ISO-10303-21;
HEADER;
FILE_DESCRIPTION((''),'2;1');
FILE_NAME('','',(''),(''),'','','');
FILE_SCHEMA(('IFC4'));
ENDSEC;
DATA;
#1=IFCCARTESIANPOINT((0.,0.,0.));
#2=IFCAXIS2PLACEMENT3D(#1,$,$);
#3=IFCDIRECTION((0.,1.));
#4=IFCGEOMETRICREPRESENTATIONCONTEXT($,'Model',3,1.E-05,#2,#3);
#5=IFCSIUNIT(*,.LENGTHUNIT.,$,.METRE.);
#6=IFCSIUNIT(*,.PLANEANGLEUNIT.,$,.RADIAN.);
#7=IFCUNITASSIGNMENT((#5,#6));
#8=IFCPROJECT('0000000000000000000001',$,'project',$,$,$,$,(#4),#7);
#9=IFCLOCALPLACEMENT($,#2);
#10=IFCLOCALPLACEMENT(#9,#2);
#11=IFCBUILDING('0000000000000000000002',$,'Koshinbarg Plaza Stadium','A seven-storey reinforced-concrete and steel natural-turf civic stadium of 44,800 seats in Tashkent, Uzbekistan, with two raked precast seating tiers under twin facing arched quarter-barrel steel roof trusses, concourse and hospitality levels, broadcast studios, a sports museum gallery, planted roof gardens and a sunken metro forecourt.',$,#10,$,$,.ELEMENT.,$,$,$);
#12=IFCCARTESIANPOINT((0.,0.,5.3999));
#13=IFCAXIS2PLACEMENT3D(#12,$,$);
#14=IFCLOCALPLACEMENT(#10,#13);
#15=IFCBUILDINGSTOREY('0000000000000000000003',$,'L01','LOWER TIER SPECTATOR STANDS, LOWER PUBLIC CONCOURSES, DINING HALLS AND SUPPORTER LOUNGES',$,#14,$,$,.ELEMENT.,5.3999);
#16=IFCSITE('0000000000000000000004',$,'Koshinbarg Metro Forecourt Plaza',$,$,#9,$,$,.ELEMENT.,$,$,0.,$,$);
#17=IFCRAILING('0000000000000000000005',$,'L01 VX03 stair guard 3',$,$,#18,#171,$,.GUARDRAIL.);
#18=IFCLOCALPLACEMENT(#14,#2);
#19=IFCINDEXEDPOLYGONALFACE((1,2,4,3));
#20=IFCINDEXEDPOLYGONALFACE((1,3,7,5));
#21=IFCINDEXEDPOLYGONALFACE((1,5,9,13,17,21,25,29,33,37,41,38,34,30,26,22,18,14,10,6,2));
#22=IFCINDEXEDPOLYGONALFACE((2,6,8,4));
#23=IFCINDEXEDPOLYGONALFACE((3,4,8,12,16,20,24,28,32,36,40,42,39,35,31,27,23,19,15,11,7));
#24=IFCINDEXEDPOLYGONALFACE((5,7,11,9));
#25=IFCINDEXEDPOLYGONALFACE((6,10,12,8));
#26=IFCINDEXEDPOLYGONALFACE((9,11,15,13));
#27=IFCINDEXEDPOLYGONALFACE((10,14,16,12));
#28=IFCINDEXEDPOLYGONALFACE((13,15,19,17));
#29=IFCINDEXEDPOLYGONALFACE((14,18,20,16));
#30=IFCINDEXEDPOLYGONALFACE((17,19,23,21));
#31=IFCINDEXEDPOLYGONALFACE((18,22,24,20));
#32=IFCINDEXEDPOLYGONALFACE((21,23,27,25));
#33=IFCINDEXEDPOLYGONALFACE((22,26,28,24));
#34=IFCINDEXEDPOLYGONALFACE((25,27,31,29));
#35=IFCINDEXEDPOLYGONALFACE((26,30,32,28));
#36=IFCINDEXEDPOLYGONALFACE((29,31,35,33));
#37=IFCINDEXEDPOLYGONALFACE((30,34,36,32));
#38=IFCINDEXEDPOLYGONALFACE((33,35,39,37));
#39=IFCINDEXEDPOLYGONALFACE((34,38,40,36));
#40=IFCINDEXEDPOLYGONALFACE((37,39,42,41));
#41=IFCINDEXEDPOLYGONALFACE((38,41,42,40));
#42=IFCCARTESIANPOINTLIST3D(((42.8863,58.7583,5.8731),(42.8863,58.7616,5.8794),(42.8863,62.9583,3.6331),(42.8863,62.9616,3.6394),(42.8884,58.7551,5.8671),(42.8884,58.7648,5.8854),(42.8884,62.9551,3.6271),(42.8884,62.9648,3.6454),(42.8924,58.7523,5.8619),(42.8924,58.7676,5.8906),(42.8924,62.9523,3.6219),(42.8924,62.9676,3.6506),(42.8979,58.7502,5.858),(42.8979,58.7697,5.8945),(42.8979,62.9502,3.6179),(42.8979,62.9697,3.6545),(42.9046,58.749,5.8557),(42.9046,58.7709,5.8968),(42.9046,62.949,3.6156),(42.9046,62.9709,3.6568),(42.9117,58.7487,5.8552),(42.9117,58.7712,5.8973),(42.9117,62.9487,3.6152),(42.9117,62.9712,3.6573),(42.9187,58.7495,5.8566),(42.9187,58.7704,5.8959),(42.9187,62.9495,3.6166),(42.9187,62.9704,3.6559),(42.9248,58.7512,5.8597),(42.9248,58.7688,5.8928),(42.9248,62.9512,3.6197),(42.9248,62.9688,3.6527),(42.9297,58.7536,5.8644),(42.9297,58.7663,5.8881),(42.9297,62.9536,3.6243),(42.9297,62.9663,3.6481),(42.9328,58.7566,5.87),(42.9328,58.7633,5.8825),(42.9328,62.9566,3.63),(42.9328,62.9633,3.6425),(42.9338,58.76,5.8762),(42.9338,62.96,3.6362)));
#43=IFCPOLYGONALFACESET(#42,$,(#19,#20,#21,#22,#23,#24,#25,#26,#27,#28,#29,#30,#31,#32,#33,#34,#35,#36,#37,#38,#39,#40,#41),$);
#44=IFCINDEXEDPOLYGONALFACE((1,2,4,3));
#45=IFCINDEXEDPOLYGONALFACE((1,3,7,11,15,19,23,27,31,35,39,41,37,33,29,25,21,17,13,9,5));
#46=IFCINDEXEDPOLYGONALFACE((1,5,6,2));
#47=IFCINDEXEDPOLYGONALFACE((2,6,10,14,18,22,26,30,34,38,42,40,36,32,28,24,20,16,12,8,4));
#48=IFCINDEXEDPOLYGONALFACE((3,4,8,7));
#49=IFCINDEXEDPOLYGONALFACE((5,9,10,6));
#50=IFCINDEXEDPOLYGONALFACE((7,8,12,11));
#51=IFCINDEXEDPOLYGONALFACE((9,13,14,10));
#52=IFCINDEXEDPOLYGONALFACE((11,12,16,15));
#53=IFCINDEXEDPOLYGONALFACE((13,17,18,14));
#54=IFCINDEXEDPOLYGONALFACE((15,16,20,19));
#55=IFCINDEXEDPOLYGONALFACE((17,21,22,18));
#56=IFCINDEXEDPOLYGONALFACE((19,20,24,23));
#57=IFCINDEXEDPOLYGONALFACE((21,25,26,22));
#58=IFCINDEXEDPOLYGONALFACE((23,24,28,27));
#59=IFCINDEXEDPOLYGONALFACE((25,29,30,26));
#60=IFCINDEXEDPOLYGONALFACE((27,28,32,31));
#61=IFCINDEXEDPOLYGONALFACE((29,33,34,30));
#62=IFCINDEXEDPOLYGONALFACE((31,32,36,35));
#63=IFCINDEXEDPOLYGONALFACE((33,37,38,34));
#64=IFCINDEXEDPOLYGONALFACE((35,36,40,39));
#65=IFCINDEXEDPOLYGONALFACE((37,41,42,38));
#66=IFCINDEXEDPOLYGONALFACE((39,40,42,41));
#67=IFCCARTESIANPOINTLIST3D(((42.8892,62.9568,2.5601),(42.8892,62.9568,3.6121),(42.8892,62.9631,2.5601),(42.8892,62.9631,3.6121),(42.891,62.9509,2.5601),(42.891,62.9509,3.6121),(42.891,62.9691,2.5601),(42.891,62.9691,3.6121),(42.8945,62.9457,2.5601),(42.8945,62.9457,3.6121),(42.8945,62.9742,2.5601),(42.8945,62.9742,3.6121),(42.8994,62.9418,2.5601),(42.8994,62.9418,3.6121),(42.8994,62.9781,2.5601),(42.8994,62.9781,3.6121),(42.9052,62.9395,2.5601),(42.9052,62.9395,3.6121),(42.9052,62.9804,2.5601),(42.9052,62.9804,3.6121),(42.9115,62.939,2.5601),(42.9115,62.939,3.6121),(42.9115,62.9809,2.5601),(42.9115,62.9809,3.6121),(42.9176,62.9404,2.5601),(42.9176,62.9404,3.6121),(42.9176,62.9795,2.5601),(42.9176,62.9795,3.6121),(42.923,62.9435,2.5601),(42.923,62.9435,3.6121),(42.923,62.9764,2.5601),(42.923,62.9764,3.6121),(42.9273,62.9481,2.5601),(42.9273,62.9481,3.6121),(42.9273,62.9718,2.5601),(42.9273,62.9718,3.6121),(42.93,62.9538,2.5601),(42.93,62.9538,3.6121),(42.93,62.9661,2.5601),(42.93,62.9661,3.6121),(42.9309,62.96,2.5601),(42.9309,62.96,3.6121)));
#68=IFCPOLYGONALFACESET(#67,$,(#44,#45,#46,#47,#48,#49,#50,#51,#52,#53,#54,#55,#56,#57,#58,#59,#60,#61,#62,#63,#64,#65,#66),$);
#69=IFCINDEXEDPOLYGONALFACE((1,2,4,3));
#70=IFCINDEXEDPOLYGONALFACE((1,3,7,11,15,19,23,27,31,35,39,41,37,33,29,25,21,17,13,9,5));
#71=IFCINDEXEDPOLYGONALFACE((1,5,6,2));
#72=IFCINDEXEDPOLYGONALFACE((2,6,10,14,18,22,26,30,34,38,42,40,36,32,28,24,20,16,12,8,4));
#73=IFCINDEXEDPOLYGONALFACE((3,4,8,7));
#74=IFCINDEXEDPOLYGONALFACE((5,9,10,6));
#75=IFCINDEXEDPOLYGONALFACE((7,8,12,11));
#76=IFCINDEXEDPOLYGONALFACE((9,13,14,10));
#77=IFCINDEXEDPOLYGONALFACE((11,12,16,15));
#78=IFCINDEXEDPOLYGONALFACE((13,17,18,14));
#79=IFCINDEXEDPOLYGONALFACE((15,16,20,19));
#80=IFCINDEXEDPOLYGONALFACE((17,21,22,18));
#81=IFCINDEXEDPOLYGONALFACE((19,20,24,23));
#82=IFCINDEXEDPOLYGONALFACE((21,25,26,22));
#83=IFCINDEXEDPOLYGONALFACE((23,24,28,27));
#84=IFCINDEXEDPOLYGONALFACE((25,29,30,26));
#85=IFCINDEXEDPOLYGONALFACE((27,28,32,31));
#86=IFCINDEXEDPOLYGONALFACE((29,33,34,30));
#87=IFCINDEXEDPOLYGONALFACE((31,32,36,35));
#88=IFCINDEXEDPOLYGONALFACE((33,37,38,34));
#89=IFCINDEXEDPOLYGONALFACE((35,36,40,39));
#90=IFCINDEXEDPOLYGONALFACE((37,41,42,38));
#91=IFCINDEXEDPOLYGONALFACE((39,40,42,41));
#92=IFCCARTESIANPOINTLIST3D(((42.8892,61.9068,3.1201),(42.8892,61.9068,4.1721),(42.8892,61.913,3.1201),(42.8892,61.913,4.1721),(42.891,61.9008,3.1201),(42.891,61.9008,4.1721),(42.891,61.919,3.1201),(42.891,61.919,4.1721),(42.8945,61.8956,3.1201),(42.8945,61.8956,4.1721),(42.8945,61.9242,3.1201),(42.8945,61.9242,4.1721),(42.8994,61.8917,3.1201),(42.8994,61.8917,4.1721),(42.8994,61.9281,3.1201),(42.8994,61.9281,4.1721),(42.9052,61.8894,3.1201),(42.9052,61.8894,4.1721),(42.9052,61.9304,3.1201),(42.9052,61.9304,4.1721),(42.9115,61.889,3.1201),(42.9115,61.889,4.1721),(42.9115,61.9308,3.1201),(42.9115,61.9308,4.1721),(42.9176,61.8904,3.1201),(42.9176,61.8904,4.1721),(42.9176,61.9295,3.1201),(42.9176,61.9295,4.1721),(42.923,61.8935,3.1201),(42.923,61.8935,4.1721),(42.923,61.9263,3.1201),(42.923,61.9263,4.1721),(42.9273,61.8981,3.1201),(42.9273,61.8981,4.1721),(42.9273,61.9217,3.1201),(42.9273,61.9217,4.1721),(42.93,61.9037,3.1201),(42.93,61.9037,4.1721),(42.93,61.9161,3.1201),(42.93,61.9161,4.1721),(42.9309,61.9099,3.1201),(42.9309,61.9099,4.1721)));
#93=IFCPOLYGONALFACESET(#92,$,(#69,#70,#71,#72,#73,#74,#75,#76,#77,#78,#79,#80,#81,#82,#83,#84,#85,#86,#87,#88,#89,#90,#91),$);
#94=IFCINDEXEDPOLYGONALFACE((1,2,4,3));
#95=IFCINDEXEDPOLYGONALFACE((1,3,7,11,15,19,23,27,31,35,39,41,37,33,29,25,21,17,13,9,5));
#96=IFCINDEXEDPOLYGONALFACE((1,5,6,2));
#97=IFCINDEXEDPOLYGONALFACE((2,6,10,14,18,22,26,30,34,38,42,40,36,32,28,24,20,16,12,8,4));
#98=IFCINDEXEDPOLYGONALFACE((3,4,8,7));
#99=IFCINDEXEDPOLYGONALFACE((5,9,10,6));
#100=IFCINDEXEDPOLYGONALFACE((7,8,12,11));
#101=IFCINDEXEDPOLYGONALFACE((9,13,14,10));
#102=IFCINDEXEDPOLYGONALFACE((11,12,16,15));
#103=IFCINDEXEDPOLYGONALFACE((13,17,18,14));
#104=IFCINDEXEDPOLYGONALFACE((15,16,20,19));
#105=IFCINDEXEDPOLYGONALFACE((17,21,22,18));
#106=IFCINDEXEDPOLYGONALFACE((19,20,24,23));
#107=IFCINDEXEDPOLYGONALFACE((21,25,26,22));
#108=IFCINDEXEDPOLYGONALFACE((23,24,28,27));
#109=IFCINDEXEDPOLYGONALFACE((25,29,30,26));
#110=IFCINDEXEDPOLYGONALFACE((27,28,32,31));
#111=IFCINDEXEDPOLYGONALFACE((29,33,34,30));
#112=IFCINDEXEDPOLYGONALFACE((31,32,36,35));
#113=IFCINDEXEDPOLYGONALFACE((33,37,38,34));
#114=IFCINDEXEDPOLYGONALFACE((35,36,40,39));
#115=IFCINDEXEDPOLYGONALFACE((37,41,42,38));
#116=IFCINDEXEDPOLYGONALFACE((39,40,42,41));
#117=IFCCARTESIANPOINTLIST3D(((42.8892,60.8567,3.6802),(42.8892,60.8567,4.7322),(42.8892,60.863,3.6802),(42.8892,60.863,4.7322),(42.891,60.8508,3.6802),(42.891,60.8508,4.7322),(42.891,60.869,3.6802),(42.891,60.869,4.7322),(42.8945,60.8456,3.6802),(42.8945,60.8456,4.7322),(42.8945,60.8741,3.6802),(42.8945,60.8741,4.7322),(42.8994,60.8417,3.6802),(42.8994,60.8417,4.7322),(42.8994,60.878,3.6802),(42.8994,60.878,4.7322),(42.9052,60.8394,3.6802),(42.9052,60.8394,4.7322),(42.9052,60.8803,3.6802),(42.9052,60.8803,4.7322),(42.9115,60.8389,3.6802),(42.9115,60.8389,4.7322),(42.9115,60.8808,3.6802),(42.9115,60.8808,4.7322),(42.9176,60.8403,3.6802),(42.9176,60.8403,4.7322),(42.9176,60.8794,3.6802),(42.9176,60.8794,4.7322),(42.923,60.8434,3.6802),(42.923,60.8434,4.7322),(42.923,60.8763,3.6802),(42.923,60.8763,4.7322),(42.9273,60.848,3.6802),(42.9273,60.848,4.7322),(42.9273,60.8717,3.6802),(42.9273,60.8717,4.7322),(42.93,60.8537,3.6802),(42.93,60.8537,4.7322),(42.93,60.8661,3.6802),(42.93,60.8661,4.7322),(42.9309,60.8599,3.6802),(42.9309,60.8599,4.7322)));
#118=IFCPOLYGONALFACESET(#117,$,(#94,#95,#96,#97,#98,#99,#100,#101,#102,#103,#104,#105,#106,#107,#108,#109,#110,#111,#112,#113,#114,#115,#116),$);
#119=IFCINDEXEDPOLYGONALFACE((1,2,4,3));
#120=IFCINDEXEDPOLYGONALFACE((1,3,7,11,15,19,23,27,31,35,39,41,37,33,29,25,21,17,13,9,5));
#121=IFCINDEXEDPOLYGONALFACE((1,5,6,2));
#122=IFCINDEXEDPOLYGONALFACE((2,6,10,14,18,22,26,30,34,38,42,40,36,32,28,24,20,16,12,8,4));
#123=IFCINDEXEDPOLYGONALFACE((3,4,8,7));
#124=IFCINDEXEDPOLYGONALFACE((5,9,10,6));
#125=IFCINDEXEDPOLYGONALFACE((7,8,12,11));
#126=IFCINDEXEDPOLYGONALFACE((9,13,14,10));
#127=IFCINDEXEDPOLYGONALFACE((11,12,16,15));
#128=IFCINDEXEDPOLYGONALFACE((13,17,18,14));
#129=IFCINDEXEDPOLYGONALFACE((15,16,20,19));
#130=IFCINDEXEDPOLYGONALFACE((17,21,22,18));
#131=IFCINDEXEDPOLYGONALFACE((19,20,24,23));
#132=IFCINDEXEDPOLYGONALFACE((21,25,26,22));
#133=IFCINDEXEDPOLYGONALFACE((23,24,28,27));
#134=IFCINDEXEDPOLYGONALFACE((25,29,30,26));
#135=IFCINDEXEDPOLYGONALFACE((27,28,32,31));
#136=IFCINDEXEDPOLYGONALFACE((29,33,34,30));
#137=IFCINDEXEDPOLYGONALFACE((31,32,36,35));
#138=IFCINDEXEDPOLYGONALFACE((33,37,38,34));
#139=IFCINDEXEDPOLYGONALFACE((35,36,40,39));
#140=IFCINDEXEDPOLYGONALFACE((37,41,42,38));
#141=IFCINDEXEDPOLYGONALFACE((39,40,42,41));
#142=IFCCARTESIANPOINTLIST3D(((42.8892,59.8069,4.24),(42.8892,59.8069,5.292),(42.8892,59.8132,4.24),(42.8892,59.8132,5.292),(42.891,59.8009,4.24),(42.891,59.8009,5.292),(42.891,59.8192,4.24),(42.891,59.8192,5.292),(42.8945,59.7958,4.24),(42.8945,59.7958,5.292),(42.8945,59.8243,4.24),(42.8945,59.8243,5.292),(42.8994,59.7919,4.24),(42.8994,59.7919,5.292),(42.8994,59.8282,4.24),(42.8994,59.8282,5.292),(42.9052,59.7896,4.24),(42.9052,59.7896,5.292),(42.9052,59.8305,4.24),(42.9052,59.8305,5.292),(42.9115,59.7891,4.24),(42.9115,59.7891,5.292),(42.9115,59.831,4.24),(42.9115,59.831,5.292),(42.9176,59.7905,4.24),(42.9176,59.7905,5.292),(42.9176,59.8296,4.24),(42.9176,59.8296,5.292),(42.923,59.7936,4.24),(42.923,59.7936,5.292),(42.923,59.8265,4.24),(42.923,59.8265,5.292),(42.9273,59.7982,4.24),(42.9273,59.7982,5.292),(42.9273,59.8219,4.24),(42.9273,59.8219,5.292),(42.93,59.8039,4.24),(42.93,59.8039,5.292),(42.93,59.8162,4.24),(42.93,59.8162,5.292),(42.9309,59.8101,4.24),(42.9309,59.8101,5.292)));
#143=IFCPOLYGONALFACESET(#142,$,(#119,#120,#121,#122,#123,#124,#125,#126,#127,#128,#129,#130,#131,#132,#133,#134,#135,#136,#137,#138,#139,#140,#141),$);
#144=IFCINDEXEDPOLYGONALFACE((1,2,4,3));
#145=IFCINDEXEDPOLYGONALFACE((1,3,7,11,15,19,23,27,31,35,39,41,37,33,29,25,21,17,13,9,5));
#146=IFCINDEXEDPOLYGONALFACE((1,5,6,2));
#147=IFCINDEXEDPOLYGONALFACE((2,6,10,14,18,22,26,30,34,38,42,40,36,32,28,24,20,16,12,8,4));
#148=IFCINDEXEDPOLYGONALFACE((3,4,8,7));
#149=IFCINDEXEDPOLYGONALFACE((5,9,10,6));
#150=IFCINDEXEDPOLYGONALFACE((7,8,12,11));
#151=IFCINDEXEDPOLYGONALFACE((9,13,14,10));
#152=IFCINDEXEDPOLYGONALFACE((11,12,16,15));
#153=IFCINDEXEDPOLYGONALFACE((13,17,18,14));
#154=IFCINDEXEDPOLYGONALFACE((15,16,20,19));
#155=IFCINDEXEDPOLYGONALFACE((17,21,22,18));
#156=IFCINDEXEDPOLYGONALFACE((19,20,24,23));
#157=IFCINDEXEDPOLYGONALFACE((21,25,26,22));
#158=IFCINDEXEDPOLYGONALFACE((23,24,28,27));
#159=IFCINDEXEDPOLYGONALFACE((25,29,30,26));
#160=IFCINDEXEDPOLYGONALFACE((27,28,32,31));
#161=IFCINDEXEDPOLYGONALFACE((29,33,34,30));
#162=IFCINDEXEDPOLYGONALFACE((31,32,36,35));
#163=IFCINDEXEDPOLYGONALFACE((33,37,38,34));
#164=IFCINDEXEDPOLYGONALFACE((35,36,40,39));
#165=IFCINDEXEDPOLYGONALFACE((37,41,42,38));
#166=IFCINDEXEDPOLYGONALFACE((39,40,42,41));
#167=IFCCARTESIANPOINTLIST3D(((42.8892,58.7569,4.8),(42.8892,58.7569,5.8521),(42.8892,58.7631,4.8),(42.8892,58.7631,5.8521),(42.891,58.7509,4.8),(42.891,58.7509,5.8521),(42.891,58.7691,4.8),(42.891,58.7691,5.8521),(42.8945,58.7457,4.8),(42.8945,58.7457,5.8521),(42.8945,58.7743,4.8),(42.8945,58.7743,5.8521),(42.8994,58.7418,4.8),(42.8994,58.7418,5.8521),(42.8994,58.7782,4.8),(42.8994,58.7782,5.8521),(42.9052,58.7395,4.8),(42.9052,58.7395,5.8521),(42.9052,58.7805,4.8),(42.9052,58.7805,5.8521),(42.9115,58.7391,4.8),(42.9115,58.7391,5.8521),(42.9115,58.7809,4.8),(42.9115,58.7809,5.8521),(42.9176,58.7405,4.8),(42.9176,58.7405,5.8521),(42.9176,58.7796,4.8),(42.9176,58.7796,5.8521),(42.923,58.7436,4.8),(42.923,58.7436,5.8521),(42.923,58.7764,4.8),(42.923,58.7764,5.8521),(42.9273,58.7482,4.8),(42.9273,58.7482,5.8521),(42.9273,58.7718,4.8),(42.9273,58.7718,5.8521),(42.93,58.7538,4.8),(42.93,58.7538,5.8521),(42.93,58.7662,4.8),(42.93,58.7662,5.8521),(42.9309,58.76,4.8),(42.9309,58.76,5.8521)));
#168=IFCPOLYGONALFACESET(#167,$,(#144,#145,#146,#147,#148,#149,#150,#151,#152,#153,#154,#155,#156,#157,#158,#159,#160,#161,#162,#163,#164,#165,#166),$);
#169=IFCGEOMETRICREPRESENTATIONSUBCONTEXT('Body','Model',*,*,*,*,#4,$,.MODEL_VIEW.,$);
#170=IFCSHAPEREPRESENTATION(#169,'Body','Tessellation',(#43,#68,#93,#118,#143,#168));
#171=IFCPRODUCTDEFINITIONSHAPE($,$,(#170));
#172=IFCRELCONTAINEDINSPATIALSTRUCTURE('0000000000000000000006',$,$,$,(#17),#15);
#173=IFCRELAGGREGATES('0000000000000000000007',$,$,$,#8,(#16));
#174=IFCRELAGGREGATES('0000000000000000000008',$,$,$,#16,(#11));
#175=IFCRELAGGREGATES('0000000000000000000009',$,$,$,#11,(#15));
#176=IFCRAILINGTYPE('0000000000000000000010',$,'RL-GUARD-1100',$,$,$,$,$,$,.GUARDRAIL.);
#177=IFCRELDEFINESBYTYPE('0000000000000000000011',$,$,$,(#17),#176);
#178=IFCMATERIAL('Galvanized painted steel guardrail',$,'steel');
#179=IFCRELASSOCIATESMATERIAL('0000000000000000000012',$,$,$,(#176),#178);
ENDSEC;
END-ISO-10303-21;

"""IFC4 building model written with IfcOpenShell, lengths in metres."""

from ifc_helpers import new_model, si_unit, direction, frame, origin, origin_2d, place, context, subcontext, project, spatial, circle, extrude, material, type_object, element, save


model = new_model("IFC4")

# Units and contexts
model_context = context("Model", 3, precision=1e-05, world=origin(), true_north=direction((0.0, 1.0)))
body_context = subcontext(model_context, "Body", "Model", "MODEL_VIEW")
ifc_project = project(units=[si_unit("LENGTHUNIT", "METRE"), si_unit("PLANEANGLEUNIT", "RADIAN")], contexts=[model_context])

# Site, building, storey
site_placement = place(None, origin())
site = spatial("IfcSite", under=ifc_project, at=site_placement, Name="Koshinbarg Metro Forecourt Plaza", CompositionType="ELEMENT", RefElevation=0.0)
building_placement = place(site_placement, origin())
building = spatial("IfcBuilding", under=site, at=building_placement, Name="Koshinbarg Plaza Stadium", Description="A seven-storey reinforced-concrete and steel natural-turf civic stadium of 44,800 seats in Tashkent, Uzbekistan, with two raked precast seating tiers under twin facing arched quarter-barrel steel roof trusses, concourse and hospitality levels, broadcast studios, a sports museum gallery, planted roof gardens and a sunken metro forecourt.", CompositionType="ELEMENT")
storey_placement = place(building_placement, frame((0.0, 0.0, 5.3999)))
storey = spatial("IfcBuildingStorey", under=building, at=storey_placement, Name="L01", Description="LOWER TIER SPECTATOR STANDS, LOWER PUBLIC CONCOURSES, DINING HALLS AND SUPPORTER LOUNGES", CompositionType="ELEMENT", Elevation=5.3999)

# Railing
ifc_material_1 = material(Name="Galvanized painted steel guardrail", Category="steel")
railing_type_1 = type_object("IfcRailingType", Name="RL-GUARD-1100", PredefinedType="GUARDRAIL", material=ifc_material_1)
railing_1_placement = place(storey_placement, frame((42.9099, 62.96, 2.5601)))
element("IfcRailing", 1, at=railing_1_placement, inside=storey, type_object=railing_type_1, Name="L01 VX03 stair guard 3", PredefinedType="GUARDRAIL", context=body_context, shape_type="SweptSolid", body=[
    extrude(circle(Radius=0.0239, at=origin_2d()), frame((0.0, 0.0, 1.0762), z_axis=(0.0, -0.882352, 0.470591), x_axis=(1.0, 0.0, 0.0)), (0.0, 0.0, 1.0), 4.76),
    extrude(circle(Radius=0.021, at=origin_2d()), origin(), (0.0, 0.0, 1.0), 1.052),
    extrude(circle(Radius=0.021, at=origin_2d()), frame((0.0, -1.05, 0.5601)), (0.0, 0.0, 1.0), 1.052),
    extrude(circle(Radius=0.021, at=origin_2d()), frame((0.0, -2.1001, 1.1201)), (0.0, 0.0, 1.0), 1.052),
    extrude(circle(Radius=0.021, at=origin_2d()), frame((0.0, -3.1499, 1.6799)), (0.0, 0.0, 1.0), 1.052),
    extrude(circle(Radius=0.021, at=origin_2d()), frame((0.0, -4.2, 2.24)), (0.0, 0.0, 1.0), 1.052),
])

save(model, "model.ifc")
